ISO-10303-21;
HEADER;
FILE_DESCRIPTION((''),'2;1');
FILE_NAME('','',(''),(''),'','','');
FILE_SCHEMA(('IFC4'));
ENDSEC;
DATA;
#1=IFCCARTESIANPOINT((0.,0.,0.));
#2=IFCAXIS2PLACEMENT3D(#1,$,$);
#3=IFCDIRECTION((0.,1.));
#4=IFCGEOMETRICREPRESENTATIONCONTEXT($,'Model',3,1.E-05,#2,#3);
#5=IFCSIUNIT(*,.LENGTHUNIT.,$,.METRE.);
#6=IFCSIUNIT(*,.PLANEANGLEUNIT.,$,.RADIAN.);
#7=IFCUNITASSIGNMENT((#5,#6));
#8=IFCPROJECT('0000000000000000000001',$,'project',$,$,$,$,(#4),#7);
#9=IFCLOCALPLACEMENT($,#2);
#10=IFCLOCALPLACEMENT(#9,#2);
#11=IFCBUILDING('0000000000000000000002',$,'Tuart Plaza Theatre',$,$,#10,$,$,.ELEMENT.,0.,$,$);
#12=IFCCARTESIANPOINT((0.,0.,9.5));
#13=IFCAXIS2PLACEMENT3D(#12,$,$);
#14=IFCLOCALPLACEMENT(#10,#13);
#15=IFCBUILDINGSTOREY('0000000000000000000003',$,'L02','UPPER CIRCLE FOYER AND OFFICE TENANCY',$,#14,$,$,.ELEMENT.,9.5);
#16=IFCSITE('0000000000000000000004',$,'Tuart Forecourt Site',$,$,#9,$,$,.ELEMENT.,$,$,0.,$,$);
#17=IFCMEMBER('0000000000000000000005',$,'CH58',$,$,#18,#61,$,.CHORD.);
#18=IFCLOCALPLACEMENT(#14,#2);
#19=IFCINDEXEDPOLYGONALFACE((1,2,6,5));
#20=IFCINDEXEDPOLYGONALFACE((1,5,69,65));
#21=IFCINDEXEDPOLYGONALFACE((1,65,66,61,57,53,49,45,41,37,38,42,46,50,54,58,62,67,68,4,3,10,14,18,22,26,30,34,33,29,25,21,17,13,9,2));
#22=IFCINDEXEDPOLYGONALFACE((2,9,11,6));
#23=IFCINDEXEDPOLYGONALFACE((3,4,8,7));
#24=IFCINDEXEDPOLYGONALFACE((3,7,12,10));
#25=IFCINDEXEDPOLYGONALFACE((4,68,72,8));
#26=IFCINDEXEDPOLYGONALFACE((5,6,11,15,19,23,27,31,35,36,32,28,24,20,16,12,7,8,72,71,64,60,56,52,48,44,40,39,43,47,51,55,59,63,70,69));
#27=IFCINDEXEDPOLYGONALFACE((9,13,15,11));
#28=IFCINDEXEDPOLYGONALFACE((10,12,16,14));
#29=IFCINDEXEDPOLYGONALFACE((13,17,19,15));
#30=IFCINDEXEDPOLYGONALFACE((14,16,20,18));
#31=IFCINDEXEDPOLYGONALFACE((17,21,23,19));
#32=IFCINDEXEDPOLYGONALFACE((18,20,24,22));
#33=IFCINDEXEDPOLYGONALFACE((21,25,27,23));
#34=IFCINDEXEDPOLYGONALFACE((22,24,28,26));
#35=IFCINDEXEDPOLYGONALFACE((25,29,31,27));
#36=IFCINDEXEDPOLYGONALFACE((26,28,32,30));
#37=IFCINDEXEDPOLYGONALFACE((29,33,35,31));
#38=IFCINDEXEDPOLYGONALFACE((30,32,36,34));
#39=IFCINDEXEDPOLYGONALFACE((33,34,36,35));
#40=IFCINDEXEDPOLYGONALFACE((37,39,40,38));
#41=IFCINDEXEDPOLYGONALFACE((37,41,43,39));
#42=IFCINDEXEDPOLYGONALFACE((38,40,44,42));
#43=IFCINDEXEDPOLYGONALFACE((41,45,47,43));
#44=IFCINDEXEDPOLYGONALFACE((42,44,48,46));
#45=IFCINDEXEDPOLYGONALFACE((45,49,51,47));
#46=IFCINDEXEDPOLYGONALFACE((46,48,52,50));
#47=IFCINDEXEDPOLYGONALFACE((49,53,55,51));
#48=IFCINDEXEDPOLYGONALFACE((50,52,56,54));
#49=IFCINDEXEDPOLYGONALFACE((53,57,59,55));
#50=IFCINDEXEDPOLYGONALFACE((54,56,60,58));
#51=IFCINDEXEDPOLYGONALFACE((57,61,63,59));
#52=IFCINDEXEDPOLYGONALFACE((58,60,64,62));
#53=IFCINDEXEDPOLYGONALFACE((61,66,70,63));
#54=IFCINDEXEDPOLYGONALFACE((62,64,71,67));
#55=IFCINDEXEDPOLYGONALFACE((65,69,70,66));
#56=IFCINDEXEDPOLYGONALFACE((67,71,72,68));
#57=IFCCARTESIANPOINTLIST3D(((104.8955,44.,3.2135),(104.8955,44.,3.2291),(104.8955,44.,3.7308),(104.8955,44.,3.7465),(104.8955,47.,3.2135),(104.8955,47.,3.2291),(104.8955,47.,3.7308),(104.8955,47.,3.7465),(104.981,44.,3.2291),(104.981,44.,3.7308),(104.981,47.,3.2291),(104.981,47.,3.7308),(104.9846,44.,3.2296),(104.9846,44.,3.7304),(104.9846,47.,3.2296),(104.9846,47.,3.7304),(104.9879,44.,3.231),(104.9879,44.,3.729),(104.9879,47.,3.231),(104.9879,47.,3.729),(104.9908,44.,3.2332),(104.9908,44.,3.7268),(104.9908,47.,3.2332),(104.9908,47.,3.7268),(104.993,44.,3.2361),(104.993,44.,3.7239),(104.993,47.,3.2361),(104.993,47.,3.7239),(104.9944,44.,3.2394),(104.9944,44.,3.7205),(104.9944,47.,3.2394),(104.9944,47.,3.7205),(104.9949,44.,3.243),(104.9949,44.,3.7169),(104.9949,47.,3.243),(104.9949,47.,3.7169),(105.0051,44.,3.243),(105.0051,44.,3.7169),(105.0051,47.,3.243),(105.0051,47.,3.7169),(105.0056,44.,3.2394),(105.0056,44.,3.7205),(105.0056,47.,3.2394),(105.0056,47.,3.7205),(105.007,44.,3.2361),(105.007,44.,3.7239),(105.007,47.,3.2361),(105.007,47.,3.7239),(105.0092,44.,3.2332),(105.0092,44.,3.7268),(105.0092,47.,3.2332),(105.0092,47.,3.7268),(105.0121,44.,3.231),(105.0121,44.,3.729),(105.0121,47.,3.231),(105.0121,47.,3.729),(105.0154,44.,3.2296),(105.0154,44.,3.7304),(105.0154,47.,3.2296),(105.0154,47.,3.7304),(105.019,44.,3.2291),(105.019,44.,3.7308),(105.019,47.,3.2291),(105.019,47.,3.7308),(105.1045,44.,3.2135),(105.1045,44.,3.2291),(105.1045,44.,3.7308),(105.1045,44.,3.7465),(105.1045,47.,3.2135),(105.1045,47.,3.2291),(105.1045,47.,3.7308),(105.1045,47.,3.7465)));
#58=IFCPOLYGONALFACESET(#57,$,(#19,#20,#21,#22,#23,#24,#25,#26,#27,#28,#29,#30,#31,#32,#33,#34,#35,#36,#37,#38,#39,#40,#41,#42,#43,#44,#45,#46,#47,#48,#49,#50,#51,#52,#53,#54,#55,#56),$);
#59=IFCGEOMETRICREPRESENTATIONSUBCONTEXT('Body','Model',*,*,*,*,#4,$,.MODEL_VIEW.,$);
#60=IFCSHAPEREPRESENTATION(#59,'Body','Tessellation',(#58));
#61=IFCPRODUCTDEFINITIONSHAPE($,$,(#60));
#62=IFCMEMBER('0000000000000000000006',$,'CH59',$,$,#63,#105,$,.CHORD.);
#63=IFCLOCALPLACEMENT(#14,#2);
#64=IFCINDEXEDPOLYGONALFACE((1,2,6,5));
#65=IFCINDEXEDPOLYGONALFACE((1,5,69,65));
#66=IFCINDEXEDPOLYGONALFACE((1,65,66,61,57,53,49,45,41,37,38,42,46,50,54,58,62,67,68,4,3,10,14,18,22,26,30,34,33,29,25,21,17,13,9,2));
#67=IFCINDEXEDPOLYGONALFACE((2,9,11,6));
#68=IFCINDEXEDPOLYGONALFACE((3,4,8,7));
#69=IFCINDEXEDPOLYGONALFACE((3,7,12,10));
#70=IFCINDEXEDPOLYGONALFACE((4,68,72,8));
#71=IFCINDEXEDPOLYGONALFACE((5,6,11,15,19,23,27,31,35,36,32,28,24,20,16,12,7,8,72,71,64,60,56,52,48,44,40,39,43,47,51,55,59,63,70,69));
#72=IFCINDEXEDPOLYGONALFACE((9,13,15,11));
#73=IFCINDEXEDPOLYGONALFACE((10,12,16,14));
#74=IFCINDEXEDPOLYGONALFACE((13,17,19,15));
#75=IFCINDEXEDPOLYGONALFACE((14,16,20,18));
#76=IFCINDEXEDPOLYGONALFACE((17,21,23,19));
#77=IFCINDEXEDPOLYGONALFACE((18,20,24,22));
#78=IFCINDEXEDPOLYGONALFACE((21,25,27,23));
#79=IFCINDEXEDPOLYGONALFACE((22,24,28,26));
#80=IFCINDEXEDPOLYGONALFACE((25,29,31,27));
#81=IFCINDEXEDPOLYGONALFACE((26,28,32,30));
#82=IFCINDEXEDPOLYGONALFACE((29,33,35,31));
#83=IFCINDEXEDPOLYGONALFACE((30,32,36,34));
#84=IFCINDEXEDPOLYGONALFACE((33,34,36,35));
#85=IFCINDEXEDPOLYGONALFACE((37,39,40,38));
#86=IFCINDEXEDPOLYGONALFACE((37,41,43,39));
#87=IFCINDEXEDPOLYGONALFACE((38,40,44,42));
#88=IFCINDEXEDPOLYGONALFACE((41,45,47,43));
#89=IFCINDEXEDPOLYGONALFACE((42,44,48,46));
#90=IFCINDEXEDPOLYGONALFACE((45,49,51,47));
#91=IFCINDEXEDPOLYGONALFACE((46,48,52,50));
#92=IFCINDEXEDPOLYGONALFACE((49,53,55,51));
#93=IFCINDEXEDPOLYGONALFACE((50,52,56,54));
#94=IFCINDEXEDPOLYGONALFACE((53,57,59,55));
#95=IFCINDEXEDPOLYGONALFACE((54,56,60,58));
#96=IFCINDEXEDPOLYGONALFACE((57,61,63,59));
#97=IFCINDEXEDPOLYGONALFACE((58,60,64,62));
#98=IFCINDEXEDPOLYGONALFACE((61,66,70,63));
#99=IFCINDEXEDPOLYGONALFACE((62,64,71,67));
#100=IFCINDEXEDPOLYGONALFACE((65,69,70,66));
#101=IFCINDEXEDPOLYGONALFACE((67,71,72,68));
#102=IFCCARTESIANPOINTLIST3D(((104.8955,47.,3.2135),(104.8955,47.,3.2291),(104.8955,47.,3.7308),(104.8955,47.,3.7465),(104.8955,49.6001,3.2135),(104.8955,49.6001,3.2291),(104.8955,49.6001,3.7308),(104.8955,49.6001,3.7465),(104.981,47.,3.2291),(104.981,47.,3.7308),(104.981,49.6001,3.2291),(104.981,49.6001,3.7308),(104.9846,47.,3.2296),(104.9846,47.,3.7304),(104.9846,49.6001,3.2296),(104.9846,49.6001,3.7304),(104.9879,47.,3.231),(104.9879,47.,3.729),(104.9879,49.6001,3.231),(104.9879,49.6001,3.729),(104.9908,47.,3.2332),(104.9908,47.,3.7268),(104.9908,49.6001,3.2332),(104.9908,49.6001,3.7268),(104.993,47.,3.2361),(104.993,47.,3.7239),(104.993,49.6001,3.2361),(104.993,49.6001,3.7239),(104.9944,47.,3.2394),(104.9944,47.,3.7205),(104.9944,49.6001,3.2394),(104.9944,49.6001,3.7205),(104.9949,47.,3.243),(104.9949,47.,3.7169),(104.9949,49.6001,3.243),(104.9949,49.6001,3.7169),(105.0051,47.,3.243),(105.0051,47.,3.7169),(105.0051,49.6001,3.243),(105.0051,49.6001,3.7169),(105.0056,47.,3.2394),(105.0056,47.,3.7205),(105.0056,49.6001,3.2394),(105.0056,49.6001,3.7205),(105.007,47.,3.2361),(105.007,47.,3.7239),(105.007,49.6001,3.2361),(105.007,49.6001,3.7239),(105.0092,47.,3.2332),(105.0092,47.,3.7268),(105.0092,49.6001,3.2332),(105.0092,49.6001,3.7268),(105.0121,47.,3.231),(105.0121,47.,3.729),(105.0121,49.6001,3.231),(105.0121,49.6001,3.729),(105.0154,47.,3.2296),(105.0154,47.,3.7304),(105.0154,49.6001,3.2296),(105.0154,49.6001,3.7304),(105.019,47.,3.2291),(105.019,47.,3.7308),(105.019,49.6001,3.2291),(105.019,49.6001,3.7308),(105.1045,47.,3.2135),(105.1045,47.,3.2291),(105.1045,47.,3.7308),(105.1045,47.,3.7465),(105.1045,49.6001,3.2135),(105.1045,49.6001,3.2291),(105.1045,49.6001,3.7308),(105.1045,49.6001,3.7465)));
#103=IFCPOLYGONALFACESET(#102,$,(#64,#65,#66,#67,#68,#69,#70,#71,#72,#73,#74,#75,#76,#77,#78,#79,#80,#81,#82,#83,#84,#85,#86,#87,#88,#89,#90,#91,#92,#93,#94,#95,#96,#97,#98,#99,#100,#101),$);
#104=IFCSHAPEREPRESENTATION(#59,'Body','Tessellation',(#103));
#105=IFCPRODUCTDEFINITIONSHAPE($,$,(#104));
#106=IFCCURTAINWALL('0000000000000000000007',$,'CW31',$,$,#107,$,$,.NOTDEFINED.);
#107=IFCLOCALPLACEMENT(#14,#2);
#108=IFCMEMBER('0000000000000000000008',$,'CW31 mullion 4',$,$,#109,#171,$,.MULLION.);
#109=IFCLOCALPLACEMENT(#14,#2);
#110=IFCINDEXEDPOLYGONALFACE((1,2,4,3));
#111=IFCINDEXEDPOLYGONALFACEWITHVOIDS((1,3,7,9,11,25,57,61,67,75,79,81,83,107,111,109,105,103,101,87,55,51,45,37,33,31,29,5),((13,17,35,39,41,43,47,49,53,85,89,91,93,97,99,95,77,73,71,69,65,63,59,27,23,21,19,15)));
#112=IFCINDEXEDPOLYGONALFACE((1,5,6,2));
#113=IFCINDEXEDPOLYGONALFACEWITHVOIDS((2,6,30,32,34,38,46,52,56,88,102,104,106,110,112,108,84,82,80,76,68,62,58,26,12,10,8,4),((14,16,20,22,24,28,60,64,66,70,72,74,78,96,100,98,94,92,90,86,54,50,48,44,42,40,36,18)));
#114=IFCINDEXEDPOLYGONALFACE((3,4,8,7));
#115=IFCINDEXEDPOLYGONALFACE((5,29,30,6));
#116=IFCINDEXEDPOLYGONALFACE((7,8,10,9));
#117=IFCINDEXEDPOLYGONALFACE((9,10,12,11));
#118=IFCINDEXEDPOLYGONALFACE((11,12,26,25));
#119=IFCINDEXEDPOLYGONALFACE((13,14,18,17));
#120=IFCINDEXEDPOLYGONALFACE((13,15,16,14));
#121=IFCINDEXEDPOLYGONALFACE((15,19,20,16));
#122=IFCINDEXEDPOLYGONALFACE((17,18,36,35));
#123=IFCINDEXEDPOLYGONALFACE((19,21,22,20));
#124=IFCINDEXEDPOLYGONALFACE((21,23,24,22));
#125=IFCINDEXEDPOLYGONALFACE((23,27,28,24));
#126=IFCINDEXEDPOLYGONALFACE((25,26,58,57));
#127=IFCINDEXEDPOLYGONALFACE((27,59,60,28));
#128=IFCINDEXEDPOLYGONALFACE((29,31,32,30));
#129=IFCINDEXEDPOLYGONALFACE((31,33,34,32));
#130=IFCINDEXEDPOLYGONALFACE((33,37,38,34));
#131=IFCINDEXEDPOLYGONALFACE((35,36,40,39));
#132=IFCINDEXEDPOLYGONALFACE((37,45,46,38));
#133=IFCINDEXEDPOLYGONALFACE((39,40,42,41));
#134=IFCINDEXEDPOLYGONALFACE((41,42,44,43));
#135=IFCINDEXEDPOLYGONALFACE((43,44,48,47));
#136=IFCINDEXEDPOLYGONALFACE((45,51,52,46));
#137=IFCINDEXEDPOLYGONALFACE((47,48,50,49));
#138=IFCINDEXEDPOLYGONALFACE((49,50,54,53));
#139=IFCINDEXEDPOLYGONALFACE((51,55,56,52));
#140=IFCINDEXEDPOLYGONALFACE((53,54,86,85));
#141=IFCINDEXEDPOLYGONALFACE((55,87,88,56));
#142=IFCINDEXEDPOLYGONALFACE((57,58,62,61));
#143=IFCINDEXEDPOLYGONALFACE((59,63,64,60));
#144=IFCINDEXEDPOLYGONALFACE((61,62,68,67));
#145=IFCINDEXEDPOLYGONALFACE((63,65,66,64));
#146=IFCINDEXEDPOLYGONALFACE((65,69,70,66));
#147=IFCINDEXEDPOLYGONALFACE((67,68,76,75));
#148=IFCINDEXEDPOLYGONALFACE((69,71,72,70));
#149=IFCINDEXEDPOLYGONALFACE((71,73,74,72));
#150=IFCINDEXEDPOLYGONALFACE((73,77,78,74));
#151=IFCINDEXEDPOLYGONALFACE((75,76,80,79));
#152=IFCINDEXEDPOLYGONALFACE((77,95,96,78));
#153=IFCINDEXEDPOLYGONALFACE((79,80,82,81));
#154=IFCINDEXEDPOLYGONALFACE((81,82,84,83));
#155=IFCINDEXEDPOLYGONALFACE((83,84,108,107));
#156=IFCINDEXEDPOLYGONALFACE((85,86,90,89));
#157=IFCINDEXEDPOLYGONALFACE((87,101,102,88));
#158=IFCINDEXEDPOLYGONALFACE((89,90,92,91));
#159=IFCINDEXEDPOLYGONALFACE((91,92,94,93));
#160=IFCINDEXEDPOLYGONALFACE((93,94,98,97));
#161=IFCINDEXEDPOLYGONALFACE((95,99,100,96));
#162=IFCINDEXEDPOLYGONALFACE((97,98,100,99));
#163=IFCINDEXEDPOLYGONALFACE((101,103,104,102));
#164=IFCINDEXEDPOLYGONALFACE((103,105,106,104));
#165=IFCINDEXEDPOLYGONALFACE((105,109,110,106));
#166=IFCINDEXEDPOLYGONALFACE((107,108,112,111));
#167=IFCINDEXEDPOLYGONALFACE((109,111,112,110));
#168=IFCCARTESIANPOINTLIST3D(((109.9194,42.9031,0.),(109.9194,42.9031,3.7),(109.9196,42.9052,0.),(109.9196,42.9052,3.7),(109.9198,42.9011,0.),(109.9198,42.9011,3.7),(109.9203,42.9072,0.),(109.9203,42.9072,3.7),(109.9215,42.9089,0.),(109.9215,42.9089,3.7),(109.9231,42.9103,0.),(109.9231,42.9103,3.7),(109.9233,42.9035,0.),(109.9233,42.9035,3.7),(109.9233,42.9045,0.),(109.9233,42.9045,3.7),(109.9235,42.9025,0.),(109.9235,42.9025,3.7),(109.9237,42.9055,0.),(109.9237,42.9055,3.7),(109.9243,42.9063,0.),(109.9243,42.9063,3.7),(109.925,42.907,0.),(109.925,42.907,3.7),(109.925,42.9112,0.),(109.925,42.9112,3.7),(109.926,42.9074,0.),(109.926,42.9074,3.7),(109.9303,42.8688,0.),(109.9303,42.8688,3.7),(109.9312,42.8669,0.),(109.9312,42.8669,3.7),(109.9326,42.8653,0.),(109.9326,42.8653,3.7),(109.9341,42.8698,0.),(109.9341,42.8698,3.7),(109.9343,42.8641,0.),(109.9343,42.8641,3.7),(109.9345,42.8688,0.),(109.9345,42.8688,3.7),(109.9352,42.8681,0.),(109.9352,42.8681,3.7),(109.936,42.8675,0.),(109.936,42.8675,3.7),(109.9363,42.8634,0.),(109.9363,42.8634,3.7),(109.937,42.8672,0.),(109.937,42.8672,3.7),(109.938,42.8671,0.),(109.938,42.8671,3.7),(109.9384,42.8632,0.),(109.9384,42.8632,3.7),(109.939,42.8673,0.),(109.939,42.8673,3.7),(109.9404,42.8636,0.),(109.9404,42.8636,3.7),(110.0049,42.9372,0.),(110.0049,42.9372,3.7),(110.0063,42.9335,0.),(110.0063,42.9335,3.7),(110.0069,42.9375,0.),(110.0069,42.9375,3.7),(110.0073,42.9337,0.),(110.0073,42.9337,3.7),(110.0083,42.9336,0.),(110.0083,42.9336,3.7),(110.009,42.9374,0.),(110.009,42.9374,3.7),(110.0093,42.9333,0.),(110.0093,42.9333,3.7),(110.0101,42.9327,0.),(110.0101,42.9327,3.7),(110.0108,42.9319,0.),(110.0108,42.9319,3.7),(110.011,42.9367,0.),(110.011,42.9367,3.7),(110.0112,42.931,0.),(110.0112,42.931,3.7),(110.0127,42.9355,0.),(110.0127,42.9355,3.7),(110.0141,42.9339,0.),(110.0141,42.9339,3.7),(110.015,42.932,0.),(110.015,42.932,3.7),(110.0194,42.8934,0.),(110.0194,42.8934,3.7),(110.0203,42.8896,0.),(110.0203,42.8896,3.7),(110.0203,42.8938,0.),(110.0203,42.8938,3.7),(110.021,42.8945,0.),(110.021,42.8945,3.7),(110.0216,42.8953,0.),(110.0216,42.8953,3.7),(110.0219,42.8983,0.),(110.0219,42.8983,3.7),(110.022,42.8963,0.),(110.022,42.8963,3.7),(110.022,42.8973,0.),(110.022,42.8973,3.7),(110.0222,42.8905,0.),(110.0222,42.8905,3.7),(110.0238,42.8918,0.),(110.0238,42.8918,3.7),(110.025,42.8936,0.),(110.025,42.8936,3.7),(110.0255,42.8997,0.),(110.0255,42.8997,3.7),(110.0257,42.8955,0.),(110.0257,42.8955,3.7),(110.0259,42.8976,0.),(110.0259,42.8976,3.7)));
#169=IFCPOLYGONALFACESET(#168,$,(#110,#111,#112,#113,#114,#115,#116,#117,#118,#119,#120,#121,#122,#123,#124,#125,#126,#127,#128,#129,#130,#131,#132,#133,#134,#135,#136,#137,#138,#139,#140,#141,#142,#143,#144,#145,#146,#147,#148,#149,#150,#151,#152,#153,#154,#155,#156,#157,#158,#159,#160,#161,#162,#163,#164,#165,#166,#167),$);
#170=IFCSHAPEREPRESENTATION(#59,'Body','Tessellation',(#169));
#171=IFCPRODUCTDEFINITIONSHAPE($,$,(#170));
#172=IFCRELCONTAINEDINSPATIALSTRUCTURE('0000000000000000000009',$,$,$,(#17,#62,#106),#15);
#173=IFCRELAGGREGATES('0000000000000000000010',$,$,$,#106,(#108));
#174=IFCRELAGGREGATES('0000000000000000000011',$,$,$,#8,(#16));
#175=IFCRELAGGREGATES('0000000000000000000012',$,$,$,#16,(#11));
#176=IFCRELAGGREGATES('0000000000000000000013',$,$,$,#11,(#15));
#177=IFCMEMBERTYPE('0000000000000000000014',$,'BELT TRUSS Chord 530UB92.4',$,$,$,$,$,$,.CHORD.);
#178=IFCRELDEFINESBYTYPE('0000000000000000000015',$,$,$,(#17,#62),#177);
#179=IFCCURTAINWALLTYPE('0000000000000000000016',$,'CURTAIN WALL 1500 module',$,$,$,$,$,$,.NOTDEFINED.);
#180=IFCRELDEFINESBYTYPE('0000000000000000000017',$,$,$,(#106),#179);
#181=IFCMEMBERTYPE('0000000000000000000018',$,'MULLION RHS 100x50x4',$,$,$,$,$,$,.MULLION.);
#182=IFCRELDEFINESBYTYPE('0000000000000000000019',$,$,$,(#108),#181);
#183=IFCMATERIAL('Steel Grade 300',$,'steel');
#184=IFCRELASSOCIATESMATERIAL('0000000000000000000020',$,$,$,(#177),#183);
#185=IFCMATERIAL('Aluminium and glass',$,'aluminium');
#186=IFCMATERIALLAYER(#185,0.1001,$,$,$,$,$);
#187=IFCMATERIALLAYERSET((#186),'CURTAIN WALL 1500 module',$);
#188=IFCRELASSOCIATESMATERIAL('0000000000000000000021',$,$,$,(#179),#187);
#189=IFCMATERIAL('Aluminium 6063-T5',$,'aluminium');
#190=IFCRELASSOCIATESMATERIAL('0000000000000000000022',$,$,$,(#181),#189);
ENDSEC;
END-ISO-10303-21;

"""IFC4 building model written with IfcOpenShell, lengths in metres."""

from ifc_helpers import new_model, si_unit, direction, frame, origin, origin_2d, place, context, subcontext, project, spatial, hollow_rectangle, i_section, extrude, material, layer, layer_set, material_profile, profile_set, type_object, element, aggregate, save


model = new_model("IFC4")

# Units and contexts
model_context = context("Model", 3, precision=1e-05, world=origin(), true_north=direction((0.0, 1.0)))
body_context = subcontext(model_context, "Body", "Model", "MODEL_VIEW")
ifc_project = project(units=[si_unit("LENGTHUNIT", "METRE"), si_unit("PLANEANGLEUNIT", "RADIAN")], contexts=[model_context])

# Site, building, storey
site_placement = place(None, origin())
site = spatial("IfcSite", under=ifc_project, at=site_placement, Name="Tuart Forecourt Site", CompositionType="ELEMENT", RefElevation=0.0)
building_placement = place(site_placement, origin())
building = spatial("IfcBuilding", under=site, at=building_placement, Name="Tuart Plaza Theatre", CompositionType="ELEMENT", ElevationOfRefHeight=0.0)
storey_placement = place(building_placement, frame((0.0, 0.0, 9.5)))
storey = spatial("IfcBuildingStorey", under=building, at=storey_placement, Name="L02", Description="UPPER CIRCLE FOYER AND OFFICE TENANCY", CompositionType="ELEMENT", Elevation=9.5)

# Members
ifc_material_1 = material(Name="Steel Grade 300", Category="steel")
ifc_material_profile_1 = material_profile(ifc_material_1, i_section(OverallWidth=0.209, OverallDepth=0.533, WebThickness=0.0103, FlangeThickness=0.0156, FilletRadius=0.0139, at=origin_2d()), Name="530UB92.4")
ifc_profile_set_1 = profile_set([ifc_material_profile_1], Name="Steel Grade 300")
member_type_1 = type_object("IfcMemberType", Name="BELT TRUSS Chord 530UB92.4", PredefinedType="CHORD", material=ifc_profile_set_1)
member_1_placement = place(storey_placement, frame((105.0, 44.0, 3.48), z_axis=(0.0, 1.0, 0.0), x_axis=(-1.0, 0.0, 0.0)))
element("IfcMember", 1, at=member_1_placement, inside=storey, type_object=member_type_1, Name="CH58", PredefinedType="CHORD", context=body_context, shape_type="SweptSolid", body=[
    extrude(i_section(OverallWidth=0.209, OverallDepth=0.533, WebThickness=0.0103, FlangeThickness=0.0156, FilletRadius=0.0139, at=origin_2d()), origin(), (0.0, 0.0, 1.0), 3.0),
])
member_2_placement = place(storey_placement, frame((105.0, 47.0, 3.48), z_axis=(0.0, 1.0, 0.0), x_axis=(-1.0, 0.0, 0.0)))
element("IfcMember", 2, at=member_2_placement, inside=storey, type_object=member_type_1, Name="CH59", PredefinedType="CHORD", context=body_context, shape_type="SweptSolid", body=[
    extrude(i_section(OverallWidth=0.209, OverallDepth=0.533, WebThickness=0.0103, FlangeThickness=0.0156, FilletRadius=0.0139, at=origin_2d()), origin(), (0.0, 0.0, 1.0), 2.6001),
])

# Curtain wall, member
ifc_material_2 = material(Name="Aluminium and glass", Category="aluminium")
ifc_layer_1 = layer(ifc_material_2, 0.1001)
ifc_layer_set_1 = layer_set([ifc_layer_1], Name="CURTAIN WALL 1500 module")
curtain_wall_type = type_object("IfcCurtainWallType", Name="CURTAIN WALL 1500 module", PredefinedType="NOTDEFINED", material=ifc_layer_set_1)
curtain_wall_1_placement = place(storey_placement, origin())
curtain_wall_1 = element("IfcCurtainWall", 3, at=curtain_wall_1_placement, inside=storey, type_object=curtain_wall_type, Name="CW31", PredefinedType="NOTDEFINED")
ifc_material_3 = material(Name="Aluminium 6063-T5", Category="aluminium")
ifc_material_profile_2 = material_profile(ifc_material_3, hollow_rectangle(XDim=0.05, YDim=0.1001, WallThickness=0.0039, InnerFilletRadius=0.0039, OuterFilletRadius=0.0081, at=origin_2d()), Name="RHS 100x50x4")
ifc_profile_set_2 = profile_set([ifc_material_profile_2], Name="Aluminium 6063-T5")
member_type_2 = type_object("IfcMemberType", Name="MULLION RHS 100x50x4", PredefinedType="MULLION", material=ifc_profile_set_2)
member_3_placement = place(storey_placement, frame((109.9727, 42.9004, 0.0), z_axis=(0.0, 0.0, 1.0), x_axis=(-0.308885, 0.951099, 0.0)))
member_3 = element("IfcMember", 4, at=member_3_placement, type_object=member_type_2, Name="CW31 mullion 4", PredefinedType="MULLION", context=body_context, shape_type="SweptSolid", body=[
    extrude(hollow_rectangle(XDim=0.05, YDim=0.1001, WallThickness=0.0039, InnerFilletRadius=0.0039, OuterFilletRadius=0.0081, at=origin_2d()), origin(), (0.0, 0.0, 1.0), 3.7),
])
aggregate(curtain_wall_1, [member_3])

save(model, "model.ifc")
